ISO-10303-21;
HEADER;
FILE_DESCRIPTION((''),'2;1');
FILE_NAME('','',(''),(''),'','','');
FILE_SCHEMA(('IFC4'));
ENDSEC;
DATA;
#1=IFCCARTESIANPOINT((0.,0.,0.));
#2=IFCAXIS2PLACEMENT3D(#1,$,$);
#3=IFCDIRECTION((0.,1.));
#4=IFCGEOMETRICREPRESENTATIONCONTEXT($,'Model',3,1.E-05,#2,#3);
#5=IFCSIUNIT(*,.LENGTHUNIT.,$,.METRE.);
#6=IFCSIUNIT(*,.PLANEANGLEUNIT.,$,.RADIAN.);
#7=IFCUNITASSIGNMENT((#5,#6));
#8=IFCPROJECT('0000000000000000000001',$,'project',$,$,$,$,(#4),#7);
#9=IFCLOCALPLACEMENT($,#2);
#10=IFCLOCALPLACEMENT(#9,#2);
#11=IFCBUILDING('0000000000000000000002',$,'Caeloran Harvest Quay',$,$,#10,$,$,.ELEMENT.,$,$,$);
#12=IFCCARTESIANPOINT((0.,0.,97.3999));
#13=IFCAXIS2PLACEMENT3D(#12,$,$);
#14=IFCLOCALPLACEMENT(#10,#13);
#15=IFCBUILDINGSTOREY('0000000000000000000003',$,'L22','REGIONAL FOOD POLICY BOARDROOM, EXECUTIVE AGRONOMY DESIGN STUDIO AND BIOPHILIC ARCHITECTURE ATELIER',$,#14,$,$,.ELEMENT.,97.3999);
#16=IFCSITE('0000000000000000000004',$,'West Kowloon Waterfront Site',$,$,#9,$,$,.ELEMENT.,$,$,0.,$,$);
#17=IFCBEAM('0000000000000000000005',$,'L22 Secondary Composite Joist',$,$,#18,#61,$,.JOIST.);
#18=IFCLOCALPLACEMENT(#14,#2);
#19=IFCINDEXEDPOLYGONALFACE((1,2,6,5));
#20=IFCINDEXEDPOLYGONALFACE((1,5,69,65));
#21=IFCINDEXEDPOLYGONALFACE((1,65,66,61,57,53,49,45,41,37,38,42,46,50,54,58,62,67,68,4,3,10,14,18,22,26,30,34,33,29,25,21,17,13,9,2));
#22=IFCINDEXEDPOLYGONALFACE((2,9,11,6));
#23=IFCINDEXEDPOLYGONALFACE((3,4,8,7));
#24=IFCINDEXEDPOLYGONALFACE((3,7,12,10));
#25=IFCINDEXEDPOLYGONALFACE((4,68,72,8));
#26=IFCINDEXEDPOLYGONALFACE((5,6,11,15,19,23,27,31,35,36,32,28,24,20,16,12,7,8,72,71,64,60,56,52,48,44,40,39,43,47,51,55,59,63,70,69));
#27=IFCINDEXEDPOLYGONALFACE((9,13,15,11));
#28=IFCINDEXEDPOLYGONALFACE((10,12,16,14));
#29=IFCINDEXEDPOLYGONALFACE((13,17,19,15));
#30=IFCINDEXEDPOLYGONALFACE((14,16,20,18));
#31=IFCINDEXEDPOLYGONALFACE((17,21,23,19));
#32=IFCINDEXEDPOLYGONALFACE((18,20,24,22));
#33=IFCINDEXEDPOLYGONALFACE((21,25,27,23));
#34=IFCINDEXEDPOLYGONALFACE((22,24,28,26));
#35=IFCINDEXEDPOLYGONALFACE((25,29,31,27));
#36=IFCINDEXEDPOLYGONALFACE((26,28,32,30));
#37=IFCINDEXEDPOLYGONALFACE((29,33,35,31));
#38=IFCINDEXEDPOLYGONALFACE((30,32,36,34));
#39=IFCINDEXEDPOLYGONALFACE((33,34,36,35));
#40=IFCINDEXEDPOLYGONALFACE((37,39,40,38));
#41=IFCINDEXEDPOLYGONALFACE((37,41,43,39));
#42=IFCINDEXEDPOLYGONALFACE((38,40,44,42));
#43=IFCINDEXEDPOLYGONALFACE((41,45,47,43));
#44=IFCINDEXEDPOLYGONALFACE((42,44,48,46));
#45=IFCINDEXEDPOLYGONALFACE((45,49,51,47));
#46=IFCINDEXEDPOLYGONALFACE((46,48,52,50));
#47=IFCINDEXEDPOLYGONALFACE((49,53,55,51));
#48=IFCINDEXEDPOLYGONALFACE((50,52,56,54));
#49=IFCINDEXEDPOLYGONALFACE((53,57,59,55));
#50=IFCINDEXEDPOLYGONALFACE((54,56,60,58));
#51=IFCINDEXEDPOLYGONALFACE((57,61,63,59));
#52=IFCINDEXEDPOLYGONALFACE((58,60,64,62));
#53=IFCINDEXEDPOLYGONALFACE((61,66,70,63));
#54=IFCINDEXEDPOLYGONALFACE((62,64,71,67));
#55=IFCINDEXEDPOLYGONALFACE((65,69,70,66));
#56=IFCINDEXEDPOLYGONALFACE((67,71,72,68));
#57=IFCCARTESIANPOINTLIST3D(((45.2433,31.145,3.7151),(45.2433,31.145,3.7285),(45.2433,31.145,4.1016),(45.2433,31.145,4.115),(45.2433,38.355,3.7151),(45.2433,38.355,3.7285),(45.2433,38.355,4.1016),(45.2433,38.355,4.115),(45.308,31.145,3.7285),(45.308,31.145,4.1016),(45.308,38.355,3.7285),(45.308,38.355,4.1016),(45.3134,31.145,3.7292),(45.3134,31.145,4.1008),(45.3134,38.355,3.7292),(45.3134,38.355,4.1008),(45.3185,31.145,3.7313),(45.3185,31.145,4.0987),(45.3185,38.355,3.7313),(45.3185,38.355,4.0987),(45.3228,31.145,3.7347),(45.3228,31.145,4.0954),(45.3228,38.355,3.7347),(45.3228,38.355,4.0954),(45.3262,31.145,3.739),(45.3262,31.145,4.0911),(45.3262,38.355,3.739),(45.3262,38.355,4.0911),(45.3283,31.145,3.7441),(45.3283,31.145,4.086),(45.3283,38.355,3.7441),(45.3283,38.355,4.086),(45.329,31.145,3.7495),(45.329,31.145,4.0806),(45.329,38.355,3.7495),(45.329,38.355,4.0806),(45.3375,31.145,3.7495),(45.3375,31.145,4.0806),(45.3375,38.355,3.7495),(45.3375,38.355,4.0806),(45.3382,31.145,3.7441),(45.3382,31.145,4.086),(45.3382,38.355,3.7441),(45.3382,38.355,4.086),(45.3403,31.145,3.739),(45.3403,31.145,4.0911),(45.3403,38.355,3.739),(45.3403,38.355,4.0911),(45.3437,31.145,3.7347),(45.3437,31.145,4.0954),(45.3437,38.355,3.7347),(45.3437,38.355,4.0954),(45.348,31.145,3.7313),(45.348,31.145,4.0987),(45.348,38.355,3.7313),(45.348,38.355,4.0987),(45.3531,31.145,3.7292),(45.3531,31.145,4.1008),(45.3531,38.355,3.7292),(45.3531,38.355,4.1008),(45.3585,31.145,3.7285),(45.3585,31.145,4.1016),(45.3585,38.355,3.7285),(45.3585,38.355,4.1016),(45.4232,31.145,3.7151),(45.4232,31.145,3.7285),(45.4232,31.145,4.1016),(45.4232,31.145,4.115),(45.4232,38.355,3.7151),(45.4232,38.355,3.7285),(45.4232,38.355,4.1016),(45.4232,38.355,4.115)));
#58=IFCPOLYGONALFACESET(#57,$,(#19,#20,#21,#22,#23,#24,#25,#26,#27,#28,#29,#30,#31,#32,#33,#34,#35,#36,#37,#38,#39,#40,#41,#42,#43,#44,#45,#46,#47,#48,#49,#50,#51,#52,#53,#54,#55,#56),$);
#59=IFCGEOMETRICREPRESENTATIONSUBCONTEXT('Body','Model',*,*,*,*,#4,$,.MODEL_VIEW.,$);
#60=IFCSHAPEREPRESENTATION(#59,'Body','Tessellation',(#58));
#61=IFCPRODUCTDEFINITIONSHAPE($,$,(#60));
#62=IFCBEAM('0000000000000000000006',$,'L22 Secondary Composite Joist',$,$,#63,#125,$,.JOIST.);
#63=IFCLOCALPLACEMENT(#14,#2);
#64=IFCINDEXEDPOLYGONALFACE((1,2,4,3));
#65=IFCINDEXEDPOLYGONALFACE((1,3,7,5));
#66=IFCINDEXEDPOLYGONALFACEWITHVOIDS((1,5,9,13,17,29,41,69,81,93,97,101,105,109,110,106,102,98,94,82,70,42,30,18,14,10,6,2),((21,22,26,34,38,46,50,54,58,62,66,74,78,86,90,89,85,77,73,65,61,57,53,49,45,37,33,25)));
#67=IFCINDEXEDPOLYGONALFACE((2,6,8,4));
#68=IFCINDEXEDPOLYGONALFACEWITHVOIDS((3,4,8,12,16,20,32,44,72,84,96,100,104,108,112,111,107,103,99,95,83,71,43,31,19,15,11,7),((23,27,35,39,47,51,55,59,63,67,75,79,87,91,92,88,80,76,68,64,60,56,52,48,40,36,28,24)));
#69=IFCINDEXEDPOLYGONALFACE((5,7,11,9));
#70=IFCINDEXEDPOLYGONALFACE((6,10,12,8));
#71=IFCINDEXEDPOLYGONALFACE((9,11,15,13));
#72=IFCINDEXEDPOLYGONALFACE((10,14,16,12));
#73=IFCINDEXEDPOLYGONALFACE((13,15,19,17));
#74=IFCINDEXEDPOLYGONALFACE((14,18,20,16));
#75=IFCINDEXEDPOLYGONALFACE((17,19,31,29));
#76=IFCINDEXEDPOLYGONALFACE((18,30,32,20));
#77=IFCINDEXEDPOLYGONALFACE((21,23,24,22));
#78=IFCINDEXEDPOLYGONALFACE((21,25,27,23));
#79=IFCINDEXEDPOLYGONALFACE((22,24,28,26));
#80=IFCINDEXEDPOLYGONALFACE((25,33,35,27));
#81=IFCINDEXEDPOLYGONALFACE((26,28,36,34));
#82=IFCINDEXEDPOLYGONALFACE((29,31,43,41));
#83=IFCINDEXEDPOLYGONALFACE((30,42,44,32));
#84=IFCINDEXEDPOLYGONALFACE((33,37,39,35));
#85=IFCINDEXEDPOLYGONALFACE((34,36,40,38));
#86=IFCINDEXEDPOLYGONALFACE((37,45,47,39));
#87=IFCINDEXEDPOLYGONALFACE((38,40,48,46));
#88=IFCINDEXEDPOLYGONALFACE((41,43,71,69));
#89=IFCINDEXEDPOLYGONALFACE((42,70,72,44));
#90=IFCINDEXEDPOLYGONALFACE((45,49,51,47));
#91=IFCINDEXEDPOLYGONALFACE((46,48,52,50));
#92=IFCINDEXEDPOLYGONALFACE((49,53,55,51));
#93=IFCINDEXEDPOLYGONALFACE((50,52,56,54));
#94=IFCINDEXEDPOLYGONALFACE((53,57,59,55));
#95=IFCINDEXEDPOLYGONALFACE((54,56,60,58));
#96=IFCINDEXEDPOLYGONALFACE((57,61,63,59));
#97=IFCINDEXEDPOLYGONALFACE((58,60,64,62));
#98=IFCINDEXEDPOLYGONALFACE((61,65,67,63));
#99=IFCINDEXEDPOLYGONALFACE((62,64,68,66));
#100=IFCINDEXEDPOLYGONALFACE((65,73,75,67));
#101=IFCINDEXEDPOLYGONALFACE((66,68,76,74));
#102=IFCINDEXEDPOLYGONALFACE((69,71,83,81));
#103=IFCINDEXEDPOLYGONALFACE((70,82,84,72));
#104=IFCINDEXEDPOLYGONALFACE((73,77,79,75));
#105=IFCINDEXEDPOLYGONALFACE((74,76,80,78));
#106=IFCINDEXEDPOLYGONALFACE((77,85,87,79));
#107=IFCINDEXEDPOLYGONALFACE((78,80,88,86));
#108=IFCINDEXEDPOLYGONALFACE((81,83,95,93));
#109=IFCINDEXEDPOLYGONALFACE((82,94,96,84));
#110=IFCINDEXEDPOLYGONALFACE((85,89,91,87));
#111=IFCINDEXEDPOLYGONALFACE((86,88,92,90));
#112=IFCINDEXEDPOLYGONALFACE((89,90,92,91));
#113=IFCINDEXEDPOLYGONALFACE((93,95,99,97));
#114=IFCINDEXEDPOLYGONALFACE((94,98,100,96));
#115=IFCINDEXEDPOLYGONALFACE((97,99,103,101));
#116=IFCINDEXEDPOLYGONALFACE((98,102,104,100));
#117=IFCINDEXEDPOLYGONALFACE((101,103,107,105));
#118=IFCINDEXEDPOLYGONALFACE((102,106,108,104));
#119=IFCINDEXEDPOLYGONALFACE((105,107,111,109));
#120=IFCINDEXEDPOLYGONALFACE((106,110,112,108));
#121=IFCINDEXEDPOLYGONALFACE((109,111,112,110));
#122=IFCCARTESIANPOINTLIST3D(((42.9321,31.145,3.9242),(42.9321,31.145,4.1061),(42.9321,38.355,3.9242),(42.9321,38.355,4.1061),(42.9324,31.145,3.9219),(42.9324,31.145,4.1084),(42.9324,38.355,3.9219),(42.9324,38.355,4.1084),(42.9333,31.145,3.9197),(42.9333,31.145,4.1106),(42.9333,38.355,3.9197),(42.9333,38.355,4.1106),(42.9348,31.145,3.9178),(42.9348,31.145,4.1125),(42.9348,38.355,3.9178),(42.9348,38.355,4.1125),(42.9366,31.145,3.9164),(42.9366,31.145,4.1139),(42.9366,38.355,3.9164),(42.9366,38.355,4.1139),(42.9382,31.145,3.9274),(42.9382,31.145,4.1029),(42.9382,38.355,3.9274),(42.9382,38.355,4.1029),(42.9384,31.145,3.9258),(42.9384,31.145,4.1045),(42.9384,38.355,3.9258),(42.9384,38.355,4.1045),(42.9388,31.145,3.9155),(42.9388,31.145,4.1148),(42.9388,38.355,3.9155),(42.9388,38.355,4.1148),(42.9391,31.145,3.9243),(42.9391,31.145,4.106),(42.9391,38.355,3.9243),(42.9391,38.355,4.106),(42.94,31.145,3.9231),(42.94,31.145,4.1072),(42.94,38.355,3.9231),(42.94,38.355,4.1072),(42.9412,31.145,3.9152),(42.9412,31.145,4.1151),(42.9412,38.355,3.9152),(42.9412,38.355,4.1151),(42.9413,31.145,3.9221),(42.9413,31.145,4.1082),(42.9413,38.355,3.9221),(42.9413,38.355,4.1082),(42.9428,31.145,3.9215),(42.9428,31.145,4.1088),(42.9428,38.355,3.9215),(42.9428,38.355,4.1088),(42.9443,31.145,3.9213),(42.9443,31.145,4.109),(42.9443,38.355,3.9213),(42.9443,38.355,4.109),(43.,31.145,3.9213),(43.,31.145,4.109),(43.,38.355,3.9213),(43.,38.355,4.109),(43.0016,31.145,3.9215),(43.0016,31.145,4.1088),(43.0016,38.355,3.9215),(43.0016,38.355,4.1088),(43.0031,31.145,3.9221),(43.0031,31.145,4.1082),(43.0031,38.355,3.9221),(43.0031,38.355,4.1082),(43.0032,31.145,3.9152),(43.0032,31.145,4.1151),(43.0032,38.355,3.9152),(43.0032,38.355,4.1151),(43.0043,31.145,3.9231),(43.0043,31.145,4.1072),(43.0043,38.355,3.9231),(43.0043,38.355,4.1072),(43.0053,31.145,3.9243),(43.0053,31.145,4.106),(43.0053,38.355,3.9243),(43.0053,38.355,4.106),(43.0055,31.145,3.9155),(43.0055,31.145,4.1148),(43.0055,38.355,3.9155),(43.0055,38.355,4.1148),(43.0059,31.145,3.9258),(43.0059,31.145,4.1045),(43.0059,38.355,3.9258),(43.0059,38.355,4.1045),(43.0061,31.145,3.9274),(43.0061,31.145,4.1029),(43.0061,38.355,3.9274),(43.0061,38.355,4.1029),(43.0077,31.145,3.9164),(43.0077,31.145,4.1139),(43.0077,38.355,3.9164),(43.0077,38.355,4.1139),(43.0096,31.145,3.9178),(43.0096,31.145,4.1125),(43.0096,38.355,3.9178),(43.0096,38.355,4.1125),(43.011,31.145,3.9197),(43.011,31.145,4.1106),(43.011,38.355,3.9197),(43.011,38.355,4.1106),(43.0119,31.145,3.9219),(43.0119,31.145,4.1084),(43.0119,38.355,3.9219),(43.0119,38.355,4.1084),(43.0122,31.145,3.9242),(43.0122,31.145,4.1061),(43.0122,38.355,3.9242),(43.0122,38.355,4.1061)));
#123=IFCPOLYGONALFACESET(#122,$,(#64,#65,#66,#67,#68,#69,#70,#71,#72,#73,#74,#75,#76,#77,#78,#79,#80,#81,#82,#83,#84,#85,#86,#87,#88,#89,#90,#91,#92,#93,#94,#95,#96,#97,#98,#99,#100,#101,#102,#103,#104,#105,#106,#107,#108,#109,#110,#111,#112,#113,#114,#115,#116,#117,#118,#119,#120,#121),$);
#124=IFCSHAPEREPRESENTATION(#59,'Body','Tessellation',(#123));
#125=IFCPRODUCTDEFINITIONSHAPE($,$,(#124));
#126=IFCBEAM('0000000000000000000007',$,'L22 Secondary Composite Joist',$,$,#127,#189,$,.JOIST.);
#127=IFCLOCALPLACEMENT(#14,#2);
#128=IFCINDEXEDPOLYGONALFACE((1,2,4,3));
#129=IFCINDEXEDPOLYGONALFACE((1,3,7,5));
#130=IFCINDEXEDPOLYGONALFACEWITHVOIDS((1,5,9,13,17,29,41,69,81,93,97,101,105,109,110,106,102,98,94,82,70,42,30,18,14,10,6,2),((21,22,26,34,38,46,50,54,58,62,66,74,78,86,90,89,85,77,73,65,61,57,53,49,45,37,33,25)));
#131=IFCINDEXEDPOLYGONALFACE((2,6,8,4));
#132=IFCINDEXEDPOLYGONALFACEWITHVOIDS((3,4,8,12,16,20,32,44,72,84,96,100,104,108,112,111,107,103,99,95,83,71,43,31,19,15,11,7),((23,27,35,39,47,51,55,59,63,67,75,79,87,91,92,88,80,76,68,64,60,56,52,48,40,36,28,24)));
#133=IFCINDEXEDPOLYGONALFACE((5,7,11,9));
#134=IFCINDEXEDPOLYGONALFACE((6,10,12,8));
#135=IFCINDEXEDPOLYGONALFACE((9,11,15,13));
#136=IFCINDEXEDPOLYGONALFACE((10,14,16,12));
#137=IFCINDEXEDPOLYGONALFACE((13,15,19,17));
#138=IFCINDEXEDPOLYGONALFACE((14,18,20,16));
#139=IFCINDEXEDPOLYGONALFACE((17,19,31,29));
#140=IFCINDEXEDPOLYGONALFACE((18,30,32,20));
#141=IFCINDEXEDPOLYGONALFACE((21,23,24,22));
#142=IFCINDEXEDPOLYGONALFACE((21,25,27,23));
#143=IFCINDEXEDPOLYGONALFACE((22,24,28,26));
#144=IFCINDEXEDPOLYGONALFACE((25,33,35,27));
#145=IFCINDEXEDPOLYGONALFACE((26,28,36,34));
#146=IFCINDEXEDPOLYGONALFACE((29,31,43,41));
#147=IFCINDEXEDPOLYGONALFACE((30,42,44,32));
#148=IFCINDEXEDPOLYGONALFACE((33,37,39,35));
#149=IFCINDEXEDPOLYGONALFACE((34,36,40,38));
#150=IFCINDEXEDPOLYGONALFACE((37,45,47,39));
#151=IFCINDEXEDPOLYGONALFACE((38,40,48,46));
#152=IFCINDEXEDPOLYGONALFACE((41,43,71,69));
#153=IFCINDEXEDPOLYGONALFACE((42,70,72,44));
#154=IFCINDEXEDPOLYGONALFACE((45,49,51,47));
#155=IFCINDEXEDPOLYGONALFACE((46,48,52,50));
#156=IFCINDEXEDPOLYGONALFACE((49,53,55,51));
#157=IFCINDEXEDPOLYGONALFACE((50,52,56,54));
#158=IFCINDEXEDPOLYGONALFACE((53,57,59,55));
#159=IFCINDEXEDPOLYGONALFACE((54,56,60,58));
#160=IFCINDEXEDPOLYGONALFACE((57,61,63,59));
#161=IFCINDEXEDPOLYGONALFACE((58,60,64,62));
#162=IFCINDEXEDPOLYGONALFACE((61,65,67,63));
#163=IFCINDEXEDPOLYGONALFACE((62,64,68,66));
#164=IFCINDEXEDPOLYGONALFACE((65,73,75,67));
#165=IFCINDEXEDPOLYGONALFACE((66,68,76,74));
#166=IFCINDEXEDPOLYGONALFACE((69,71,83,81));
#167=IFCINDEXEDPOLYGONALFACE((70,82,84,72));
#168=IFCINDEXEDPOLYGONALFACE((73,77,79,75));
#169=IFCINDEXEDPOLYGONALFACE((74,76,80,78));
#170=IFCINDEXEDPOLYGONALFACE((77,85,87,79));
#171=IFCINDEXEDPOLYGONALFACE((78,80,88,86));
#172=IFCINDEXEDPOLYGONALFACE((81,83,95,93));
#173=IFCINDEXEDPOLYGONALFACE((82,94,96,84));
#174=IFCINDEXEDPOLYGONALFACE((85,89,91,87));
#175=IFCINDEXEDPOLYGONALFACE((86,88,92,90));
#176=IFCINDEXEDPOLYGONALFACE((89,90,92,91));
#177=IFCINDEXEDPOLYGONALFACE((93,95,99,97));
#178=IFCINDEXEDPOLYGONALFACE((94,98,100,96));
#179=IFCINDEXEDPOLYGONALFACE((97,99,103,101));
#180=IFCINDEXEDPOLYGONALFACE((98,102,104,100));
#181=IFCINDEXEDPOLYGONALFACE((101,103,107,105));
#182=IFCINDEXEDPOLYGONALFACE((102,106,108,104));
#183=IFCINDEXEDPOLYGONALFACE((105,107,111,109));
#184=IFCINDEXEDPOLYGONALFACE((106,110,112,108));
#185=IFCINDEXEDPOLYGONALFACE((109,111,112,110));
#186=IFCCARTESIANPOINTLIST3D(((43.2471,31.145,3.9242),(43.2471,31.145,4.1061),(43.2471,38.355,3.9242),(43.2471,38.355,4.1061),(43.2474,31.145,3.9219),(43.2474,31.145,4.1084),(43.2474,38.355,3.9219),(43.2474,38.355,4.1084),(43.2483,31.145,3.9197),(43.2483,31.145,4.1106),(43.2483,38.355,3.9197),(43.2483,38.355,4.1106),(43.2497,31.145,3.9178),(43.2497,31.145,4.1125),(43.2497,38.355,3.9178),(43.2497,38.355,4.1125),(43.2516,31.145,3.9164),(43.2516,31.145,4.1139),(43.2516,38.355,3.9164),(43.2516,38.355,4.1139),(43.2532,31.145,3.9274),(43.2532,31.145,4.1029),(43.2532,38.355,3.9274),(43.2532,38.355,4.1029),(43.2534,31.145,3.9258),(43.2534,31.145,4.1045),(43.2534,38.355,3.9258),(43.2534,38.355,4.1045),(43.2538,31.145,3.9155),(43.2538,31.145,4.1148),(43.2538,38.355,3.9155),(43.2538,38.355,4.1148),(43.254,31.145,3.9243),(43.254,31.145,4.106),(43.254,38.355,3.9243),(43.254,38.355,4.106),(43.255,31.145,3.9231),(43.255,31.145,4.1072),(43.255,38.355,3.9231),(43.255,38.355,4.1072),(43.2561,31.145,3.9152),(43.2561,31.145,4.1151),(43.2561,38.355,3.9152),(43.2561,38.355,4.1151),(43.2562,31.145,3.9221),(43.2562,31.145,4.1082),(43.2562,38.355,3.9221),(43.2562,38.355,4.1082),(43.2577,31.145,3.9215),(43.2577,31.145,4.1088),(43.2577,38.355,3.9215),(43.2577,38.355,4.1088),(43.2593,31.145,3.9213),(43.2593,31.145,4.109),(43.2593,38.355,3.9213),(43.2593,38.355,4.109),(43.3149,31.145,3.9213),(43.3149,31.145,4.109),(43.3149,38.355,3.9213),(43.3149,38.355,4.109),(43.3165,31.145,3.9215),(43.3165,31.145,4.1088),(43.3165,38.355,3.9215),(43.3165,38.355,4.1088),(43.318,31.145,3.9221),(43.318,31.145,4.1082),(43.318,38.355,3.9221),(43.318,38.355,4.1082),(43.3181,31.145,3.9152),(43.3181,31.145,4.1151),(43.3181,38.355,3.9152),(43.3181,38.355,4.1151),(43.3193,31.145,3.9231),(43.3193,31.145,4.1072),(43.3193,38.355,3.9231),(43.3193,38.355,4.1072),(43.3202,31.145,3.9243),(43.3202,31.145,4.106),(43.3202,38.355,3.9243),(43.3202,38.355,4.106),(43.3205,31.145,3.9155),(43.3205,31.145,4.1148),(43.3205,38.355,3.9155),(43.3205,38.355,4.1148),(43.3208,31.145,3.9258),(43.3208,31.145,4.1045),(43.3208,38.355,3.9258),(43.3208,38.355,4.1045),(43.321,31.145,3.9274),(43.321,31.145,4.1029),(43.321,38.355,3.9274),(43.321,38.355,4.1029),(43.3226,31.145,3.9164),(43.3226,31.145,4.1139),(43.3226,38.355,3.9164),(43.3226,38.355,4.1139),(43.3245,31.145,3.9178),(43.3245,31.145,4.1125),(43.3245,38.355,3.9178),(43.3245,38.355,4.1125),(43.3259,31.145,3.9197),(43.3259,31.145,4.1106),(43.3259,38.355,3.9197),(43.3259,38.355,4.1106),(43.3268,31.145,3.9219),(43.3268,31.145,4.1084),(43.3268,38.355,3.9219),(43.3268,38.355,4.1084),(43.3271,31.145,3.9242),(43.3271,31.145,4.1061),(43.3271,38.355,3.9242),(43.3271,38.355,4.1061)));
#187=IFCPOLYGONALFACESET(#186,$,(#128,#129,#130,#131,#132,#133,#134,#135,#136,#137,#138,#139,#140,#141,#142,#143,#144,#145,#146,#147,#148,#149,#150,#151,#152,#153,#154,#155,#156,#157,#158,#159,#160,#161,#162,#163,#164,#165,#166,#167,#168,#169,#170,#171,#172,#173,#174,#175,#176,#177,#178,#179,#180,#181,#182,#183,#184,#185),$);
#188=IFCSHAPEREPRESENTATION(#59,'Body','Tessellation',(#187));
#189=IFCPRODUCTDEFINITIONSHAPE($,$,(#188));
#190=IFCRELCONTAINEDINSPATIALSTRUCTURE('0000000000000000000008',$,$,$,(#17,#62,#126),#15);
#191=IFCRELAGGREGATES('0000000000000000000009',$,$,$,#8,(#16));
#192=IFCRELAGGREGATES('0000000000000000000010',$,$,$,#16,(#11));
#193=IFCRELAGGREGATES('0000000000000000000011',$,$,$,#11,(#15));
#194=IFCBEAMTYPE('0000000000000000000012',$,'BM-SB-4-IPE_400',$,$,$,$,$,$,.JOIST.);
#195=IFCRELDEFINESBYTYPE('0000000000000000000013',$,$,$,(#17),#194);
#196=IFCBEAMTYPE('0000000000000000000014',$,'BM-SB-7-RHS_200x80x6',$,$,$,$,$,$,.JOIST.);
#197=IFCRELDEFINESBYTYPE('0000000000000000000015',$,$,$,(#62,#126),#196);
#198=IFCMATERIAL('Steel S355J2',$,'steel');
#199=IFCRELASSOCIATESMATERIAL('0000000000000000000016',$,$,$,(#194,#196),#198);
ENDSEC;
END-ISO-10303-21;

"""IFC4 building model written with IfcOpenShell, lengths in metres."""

from ifc_helpers import new_model, si_unit, direction, frame, origin, origin_2d, place, context, subcontext, project, spatial, hollow_rectangle, i_section, extrude, material, material_profile, profile_set, type_object, element, save


model = new_model("IFC4")

# Units and contexts
model_context = context("Model", 3, precision=1e-05, world=origin(), true_north=direction((0.0, 1.0)))
body_context = subcontext(model_context, "Body", "Model", "MODEL_VIEW")
ifc_project = project(units=[si_unit("LENGTHUNIT", "METRE"), si_unit("PLANEANGLEUNIT", "RADIAN")], contexts=[model_context])

# Site, building, storey
site_placement = place(None, origin())
site = spatial("IfcSite", under=ifc_project, at=site_placement, Name="West Kowloon Waterfront Site", CompositionType="ELEMENT", RefElevation=0.0)
building_placement = place(site_placement, origin())
building = spatial("IfcBuilding", under=site, at=building_placement, Name="Caeloran Harvest Quay", CompositionType="ELEMENT")
storey_placement = place(building_placement, frame((0.0, 0.0, 97.3999)))
storey = spatial("IfcBuildingStorey", under=building, at=storey_placement, Name="L22", Description="REGIONAL FOOD POLICY BOARDROOM, EXECUTIVE AGRONOMY DESIGN STUDIO AND BIOPHILIC ARCHITECTURE ATELIER", CompositionType="ELEMENT", Elevation=97.3999)

# Beams
ifc_material_1 = material(Name="Steel S355J2", Category="steel")
ifc_material_profile_1 = material_profile(ifc_material_1, i_section(OverallWidth=0.1799, OverallDepth=0.3999, WebThickness=0.0085, FlangeThickness=0.0134, FilletRadius=0.021, at=origin_2d()), Name="IPE 400")
ifc_profile_set_1 = profile_set([ifc_material_profile_1], Name="Steel S355J2")
beam_type_1 = type_object("IfcBeamType", Name="BM-SB-4-IPE_400", PredefinedType="JOIST", material=ifc_profile_set_1)
for number, where, z_axis, x_axis, name in (
    (1, (45.3333, 31.145, 3.915), (0.0, 1.0, 0.0), (-1.0, 0.0, 0.0), "L22 Secondary Composite Joist"),
):
    element("IfcBeam", number, at=place(storey_placement, frame(where, z_axis=z_axis, x_axis=x_axis)), inside=storey, type_object=beam_type_1, Name=name, PredefinedType="JOIST", context=body_context, shape_type="SweptSolid", body=[
        extrude(i_section(OverallWidth=0.1799, OverallDepth=0.3999, WebThickness=0.0085, FlangeThickness=0.0134, FilletRadius=0.021, at=origin_2d()), origin(), (0.0, 0.0, 1.0), 7.21),
    ])
ifc_material_profile_2 = material_profile(ifc_material_1, hollow_rectangle(XDim=0.0801, YDim=0.2, WallThickness=0.0061, InnerFilletRadius=0.0061, OuterFilletRadius=0.009, at=origin_2d()), Name="RHS 200x80x6")
ifc_profile_set_2 = profile_set([ifc_material_profile_2], Name="Steel S355J2")
beam_type_2 = type_object("IfcBeamType", Name="BM-SB-7-RHS_200x80x6", PredefinedType="JOIST", material=ifc_profile_set_2)
for number, where, z_axis, x_axis, name in (
    (2, (42.9722, 31.145, 4.0151), (0.0, 1.0, 0.0), (-1.0, 0.0, 0.0), "L22 Secondary Composite Joist"),
    (3, (43.2871, 31.145, 4.0151), (0.0, 1.0, 0.0), (-1.0, 0.0, 0.0), "L22 Secondary Composite Joist"),
):
    element("IfcBeam", number, at=place(storey_placement, frame(where, z_axis=z_axis, x_axis=x_axis)), inside=storey, type_object=beam_type_2, Name=name, PredefinedType="JOIST", context=body_context, shape_type="SweptSolid", body=[
        extrude(hollow_rectangle(XDim=0.0801, YDim=0.2, WallThickness=0.0061, InnerFilletRadius=0.0061, OuterFilletRadius=0.009, at=origin_2d()), origin(), (0.0, 0.0, 1.0), 7.21),
    ])

save(model, "model.ifc")
